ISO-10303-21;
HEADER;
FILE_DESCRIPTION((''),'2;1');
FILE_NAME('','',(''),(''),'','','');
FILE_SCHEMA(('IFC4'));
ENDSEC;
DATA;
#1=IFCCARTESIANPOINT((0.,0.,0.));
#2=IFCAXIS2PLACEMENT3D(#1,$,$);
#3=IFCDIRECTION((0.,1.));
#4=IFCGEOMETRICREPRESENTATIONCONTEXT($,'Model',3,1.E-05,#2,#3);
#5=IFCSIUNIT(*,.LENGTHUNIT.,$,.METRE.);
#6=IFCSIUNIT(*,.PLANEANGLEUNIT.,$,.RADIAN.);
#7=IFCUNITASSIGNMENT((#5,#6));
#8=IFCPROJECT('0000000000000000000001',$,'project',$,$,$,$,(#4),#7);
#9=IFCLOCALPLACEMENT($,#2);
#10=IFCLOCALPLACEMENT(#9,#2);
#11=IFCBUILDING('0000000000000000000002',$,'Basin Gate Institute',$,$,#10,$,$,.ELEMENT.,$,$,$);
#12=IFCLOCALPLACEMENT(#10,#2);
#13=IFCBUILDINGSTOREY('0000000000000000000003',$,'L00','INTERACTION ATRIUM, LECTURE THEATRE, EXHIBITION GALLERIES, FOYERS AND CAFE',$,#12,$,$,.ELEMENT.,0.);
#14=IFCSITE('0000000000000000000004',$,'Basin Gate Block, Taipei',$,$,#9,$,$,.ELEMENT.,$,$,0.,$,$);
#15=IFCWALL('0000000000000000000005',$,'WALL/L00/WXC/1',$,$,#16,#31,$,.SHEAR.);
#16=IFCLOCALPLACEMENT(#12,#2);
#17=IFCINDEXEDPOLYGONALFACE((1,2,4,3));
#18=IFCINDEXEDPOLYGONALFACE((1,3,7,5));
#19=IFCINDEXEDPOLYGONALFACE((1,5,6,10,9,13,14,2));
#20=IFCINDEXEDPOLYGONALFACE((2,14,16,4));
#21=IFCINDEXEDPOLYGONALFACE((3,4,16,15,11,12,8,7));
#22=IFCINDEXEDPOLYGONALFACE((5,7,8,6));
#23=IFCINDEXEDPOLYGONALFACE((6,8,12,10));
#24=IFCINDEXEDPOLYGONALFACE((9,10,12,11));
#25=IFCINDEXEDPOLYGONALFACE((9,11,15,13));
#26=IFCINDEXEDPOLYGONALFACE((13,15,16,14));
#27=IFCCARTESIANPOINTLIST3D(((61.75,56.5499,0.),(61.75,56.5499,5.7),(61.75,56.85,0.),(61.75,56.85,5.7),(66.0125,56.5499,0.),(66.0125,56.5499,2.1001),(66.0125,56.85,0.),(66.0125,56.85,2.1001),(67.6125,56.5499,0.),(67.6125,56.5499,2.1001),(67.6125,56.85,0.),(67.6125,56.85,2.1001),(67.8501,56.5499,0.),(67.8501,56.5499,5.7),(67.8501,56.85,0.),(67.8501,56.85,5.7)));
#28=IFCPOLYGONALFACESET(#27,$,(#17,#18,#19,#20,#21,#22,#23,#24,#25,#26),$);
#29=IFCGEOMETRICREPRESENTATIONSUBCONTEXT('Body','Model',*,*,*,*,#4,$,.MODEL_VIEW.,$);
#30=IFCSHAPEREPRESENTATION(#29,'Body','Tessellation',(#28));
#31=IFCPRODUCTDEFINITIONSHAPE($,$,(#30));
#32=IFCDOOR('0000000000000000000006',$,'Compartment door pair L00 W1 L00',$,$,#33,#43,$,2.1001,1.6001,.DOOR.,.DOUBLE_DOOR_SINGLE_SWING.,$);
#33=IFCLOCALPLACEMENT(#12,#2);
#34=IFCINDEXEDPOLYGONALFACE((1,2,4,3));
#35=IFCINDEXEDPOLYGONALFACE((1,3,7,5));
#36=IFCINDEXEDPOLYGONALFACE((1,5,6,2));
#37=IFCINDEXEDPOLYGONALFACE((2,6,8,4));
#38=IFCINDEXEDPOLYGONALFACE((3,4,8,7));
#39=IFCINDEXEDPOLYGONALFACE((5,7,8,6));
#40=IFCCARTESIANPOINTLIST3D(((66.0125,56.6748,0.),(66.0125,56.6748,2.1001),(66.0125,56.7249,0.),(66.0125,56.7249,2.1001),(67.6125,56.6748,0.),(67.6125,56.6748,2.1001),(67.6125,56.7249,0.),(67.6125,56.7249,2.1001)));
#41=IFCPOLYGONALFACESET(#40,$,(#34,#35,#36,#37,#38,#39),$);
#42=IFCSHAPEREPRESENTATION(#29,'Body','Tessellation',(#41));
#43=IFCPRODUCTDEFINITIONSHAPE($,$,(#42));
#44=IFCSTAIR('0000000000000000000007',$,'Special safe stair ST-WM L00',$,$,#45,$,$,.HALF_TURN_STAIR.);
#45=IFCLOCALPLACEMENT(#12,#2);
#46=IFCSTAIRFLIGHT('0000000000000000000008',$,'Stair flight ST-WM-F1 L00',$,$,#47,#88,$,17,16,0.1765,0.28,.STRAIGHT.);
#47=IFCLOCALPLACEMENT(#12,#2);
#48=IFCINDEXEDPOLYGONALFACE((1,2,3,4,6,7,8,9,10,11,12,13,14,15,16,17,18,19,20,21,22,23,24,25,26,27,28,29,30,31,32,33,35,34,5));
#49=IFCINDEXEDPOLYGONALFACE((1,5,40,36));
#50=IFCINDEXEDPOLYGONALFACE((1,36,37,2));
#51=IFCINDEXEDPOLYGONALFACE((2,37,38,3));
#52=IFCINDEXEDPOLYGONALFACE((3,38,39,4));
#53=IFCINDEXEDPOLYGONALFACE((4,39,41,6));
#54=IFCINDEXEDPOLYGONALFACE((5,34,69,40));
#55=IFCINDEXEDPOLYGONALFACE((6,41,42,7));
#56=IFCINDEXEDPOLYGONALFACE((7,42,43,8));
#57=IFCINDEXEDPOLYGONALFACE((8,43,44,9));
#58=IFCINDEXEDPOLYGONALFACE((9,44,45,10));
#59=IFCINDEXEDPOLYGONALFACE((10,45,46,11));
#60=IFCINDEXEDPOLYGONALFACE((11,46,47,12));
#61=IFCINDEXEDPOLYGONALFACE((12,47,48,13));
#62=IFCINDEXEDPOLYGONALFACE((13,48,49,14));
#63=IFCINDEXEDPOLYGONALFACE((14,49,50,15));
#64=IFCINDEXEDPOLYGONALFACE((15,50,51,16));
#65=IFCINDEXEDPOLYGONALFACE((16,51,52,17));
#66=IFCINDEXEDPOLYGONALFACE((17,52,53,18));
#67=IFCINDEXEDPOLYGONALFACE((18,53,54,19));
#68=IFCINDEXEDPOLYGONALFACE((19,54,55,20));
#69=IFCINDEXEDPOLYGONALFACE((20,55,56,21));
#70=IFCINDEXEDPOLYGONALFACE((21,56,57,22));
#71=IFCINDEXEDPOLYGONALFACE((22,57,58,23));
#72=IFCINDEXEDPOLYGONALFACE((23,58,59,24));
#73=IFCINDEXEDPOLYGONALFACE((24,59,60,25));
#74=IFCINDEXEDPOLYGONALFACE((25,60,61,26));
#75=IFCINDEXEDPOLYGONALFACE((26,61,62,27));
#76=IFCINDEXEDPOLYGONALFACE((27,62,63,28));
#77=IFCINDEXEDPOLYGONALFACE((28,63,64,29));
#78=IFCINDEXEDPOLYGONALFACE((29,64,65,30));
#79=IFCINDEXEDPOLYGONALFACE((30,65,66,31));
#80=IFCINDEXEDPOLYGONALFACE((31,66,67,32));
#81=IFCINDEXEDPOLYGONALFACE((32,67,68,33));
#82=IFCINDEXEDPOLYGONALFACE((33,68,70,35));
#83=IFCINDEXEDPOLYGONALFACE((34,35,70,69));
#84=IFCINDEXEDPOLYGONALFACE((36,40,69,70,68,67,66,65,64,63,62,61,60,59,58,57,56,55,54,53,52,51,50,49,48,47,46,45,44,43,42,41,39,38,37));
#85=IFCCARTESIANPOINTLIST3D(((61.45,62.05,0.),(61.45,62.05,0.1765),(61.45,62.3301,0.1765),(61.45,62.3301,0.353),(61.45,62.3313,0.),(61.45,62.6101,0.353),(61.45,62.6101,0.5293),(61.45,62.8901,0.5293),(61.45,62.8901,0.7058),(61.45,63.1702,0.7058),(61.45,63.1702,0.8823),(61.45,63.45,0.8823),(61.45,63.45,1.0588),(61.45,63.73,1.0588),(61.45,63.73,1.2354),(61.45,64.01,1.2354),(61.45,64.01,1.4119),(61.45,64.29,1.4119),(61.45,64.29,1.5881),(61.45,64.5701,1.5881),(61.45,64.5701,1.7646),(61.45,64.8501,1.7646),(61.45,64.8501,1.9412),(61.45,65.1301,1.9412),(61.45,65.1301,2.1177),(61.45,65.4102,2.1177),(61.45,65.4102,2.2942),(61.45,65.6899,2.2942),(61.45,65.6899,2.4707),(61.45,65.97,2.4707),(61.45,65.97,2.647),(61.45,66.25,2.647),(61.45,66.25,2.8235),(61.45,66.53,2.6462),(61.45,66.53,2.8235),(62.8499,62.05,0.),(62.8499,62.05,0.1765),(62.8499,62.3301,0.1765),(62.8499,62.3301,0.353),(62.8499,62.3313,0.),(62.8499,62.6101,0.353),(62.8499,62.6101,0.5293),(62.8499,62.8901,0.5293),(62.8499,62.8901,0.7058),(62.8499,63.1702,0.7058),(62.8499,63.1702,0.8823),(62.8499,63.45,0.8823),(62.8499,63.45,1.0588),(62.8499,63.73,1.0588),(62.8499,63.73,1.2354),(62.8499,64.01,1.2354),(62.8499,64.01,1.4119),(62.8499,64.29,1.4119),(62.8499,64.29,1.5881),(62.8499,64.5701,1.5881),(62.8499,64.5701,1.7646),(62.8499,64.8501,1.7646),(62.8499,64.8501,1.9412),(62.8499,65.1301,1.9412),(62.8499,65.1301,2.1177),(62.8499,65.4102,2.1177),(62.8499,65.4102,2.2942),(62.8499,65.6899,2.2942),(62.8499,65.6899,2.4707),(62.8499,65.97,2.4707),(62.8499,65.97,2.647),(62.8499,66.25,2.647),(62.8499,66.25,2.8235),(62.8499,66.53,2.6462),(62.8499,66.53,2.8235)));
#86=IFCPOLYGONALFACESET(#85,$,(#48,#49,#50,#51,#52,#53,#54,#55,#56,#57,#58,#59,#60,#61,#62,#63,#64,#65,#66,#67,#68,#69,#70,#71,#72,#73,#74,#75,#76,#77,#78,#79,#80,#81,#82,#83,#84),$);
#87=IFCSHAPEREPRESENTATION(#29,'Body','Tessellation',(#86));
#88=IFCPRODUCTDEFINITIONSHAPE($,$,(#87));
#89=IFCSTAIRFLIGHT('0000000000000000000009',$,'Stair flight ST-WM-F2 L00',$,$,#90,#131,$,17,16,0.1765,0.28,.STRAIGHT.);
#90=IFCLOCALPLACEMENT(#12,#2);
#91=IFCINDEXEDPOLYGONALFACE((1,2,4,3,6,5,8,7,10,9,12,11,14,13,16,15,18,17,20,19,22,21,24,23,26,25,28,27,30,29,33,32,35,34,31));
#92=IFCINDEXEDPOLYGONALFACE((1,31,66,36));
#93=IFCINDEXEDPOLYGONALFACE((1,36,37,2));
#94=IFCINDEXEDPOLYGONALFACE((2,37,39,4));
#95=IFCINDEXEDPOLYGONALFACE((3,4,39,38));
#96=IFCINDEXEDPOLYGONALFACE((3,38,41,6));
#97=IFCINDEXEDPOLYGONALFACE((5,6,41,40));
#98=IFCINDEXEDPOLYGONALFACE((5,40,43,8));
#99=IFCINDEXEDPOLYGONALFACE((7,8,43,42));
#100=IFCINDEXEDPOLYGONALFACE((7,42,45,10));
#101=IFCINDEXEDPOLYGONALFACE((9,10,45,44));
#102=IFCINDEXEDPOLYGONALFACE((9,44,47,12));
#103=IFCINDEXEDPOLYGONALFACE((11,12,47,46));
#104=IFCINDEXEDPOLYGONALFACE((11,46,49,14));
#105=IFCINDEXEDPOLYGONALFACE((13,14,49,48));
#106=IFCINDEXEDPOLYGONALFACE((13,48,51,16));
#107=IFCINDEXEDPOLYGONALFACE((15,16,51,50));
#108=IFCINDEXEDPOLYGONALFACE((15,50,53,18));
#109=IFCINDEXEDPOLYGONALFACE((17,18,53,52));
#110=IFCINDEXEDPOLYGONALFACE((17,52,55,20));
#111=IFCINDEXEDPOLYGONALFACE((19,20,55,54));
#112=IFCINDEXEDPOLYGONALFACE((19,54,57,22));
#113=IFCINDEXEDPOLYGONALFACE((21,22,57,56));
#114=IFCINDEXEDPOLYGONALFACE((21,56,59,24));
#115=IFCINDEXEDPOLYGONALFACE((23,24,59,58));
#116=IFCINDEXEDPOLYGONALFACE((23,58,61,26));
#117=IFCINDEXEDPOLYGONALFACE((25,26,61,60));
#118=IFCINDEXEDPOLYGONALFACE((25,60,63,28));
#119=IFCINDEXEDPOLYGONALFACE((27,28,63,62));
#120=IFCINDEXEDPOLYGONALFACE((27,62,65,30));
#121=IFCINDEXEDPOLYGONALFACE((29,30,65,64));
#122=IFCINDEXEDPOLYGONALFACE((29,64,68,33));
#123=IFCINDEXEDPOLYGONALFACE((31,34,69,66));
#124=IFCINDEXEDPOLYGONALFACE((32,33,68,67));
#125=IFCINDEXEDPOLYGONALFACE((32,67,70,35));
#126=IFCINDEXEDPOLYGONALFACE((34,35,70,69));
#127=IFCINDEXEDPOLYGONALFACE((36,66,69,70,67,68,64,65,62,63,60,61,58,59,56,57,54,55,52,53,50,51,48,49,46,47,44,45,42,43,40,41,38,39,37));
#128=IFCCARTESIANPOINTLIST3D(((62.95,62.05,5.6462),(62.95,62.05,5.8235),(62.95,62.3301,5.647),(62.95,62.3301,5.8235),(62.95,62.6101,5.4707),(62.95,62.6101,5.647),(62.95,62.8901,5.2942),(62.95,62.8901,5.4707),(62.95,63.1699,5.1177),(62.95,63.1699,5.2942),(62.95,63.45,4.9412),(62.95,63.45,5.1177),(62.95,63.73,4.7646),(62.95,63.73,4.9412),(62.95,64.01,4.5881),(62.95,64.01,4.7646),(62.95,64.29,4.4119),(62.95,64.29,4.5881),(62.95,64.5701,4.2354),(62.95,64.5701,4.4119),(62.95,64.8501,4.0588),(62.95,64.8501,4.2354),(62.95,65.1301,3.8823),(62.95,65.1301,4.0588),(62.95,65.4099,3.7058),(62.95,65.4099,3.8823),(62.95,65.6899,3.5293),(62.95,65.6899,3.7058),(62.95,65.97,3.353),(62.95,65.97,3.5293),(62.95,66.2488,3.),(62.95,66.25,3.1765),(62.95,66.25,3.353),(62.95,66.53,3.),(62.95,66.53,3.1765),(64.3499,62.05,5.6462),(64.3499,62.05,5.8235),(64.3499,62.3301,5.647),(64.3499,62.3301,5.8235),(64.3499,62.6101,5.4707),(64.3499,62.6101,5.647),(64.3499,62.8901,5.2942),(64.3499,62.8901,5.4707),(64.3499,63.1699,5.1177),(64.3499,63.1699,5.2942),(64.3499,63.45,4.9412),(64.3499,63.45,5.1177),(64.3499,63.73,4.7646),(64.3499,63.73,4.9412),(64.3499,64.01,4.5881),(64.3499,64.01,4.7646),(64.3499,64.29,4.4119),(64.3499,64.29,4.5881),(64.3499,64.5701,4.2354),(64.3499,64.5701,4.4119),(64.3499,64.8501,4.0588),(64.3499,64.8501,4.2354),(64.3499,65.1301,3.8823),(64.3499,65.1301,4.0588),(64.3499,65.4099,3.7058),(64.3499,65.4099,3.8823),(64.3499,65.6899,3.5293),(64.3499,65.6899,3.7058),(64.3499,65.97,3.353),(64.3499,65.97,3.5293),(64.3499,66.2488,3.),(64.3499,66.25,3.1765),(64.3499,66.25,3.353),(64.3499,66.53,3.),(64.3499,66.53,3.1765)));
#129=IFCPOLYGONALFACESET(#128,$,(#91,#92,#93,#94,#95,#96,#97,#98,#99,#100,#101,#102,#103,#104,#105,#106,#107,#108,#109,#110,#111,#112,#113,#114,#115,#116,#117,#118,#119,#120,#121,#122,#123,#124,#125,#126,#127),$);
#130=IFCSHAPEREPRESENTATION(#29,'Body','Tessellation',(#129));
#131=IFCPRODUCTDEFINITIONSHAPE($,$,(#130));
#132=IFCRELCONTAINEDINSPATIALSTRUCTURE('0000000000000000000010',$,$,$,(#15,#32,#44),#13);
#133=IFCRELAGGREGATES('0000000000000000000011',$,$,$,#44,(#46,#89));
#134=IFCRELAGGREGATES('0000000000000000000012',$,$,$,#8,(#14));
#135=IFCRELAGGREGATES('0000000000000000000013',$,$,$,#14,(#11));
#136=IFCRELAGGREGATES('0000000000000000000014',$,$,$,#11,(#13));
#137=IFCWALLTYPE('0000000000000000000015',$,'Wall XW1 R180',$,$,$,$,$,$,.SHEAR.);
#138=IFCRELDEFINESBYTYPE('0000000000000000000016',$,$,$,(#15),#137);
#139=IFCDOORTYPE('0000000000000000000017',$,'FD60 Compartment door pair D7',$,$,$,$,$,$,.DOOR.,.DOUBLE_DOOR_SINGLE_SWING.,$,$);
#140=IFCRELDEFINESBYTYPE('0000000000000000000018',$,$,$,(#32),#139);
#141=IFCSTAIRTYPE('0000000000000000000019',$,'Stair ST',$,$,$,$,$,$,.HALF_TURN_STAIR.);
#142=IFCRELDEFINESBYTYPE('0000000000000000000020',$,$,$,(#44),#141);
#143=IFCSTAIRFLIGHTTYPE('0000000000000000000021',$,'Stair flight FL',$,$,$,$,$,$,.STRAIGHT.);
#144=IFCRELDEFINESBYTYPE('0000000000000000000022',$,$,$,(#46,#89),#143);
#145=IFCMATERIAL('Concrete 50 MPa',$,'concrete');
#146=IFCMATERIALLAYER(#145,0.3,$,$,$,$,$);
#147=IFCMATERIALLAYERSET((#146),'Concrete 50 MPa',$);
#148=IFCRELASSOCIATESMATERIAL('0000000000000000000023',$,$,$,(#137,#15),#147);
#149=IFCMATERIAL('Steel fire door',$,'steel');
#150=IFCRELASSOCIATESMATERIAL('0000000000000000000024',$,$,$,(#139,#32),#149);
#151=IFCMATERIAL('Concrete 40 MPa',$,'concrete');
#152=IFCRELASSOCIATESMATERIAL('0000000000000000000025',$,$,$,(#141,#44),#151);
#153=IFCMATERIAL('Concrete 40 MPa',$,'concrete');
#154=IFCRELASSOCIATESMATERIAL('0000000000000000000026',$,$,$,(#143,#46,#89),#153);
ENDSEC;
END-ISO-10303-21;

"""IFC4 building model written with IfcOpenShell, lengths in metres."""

from ifc_helpers import new_model, si_unit, direction, frame, frame_2d, origin, place, context, subcontext, project, spatial, polyline, rectangle, outline, extrude, material, layer, layer_set, type_object, element, fill, aggregate, save


model = new_model("IFC4")

# Units and contexts
model_context = context("Model", 3, precision=1e-05, world=origin(), true_north=direction((0.0, 1.0)))
body_context = subcontext(model_context, "Body", "Model", "MODEL_VIEW")
ifc_project = project(units=[si_unit("LENGTHUNIT", "METRE"), si_unit("PLANEANGLEUNIT", "RADIAN")], contexts=[model_context])

# Site, building, storey
site_placement = place(None, origin())
site = spatial("IfcSite", under=ifc_project, at=site_placement, Name="Basin Gate Block, Taipei", CompositionType="ELEMENT", RefElevation=0.0)
building_placement = place(site_placement, origin())
building = spatial("IfcBuilding", under=site, at=building_placement, Name="Basin Gate Institute", CompositionType="ELEMENT")
storey_placement = place(building_placement, origin())
storey = spatial("IfcBuildingStorey", under=building, at=storey_placement, Name="L00", Description="INTERACTION ATRIUM, LECTURE THEATRE, EXHIBITION GALLERIES, FOYERS AND CAFE", CompositionType="ELEMENT", Elevation=0.0)

# Wall, opening, door
ifc_material_1 = material(Name="Concrete 50 MPa", Category="concrete")
ifc_layer_1 = layer(ifc_material_1, 0.3)
ifc_layer_set_1 = layer_set([ifc_layer_1], Name="Concrete 50 MPa")
wall_type_1 = type_object("IfcWallType", Name="Wall XW1 R180", PredefinedType="SHEAR", material=ifc_layer_set_1)
wall_1_placement = place(storey_placement, frame((61.75, 56.7, 0.0), z_axis=(0.0, 0.0, 1.0), x_axis=(1.0, 0.0, 0.0)))
wall_1 = element("IfcWall", 1, at=wall_1_placement, inside=storey, type_object=wall_type_1, material=ifc_layer_set_1, Name="WALL/L00/WXC/1", PredefinedType="SHEAR", context=body_context, shape_type="SweptSolid", body=[
    extrude(rectangle(XDim=6.1001, YDim=0.3, at=frame_2d((3.05, 0.0))), origin(), (0.0, 0.0, 1.0), 5.7),
])
opening_1_placement = place(wall_1_placement, frame((4.2625, 0.0, 0.0)))
opening_1 = element("IfcOpeningElement", 2, at=opening_1_placement, cuts=wall_1, PredefinedType="OPENING", context=body_context, shape_type="SweptSolid", body=[
    extrude(rectangle(XDim=1.6001, YDim=2.1001, at=frame_2d((0.8, 1.05))), frame((0.0, 0.1602, 0.0), z_axis=(0.0, -1.0, 0.0), x_axis=(1.0, 0.0, 0.0)), (0.0, 0.0, 1.0), 0.3201),
])
ifc_material_2 = material(Name="Steel fire door", Category="steel")
door_type_1 = type_object("IfcDoorType", Name="FD60 Compartment door pair D7", OperationType="DOUBLE_DOOR_SINGLE_SWING", PredefinedType="DOOR", material=ifc_material_2)
door_1_placement = place(opening_1_placement, origin())
door_1 = element("IfcDoor", 3, at=door_1_placement, inside=storey, type_object=door_type_1, material=ifc_material_2, Name="Compartment door pair L00 W1 L00", OperationType="DOUBLE_DOOR_SINGLE_SWING", OverallHeight=2.1001, OverallWidth=1.6001, PredefinedType="DOOR", context=body_context, shape_type="SweptSolid", body=[
    extrude(rectangle(XDim=1.6001, YDim=2.1001, at=frame_2d((0.8, 1.05))), frame((0.0, 0.0249, 0.0), z_axis=(0.0, -1.0, 0.0), x_axis=(1.0, 0.0, 0.0)), (0.0, 0.0, 1.0), 0.05),
])
fill(opening_1, door_1)

# Stair, stair flights
ifc_material_3 = material(Name="Concrete 40 MPa", Category="concrete")
stair_type = type_object("IfcStairType", Name="Stair ST", PredefinedType="HALF_TURN_STAIR", material=ifc_material_3)
stair_placement = place(storey_placement, origin())
stair = element("IfcStair", 4, at=stair_placement, inside=storey, type_object=stair_type, material=ifc_material_3, Name="Special safe stair ST-WM L00", PredefinedType="HALF_TURN_STAIR")
ifc_material_4 = material(Name="Concrete 40 MPa", Category="concrete")
stair_flight_type = type_object("IfcStairFlightType", Name="Stair flight FL", PredefinedType="STRAIGHT", material=ifc_material_4)
stair_flight_1_placement = place(storey_placement, frame((62.1499, 62.05, 0.0), z_axis=(0.0, 0.0, 1.0), x_axis=(0.0, 1.0, 0.0)))
stair_flight_1 = element("IfcStairFlight", 5, at=stair_flight_1_placement, type_object=stair_flight_type, material=ifc_material_4, Name="Stair flight ST-WM-F1 L00", NumberOfRisers=17, NumberOfTreads=16, PredefinedType="STRAIGHT", RiserHeight=0.1765, TreadLength=0.28, context=body_context, shape_type="SweptSolid", body=[
    extrude(outline(polyline([(0.0, 0.0), (0.0, 0.1765), (0.28, 0.1765), (0.28, 0.353), (0.5601, 0.353), (0.5601, 0.5293), (0.8401, 0.5293), (0.8401, 0.7058), (1.1201, 0.7058), (1.1201, 0.8823), (1.3999, 0.8823), (1.3999, 1.0588), (1.6799, 1.0588), (1.6799, 1.2354), (1.96, 1.2354), (1.96, 1.4119), (2.24, 1.4119), (2.24, 1.5881), (2.52, 1.5881), (2.52, 1.7646), (2.8, 1.7646), (2.8, 1.9412), (3.0801, 1.9412), (3.0801, 2.1177), (3.3601, 2.1177), (3.3601, 2.2942), (3.6399, 2.2942), (3.6399, 2.4707), (3.9199, 2.4707), (3.9199, 2.647), (4.2, 2.647), (4.2, 2.8235), (4.48, 2.8235), (4.48, 3.0), (4.48, 2.6462), (0.2812, 0.0), (0.0, 0.0)])), frame((0.0, 0.7, 0.0), z_axis=(0.0, -1.0, 0.0), x_axis=(1.0, 0.0, 0.0)), (0.0, 0.0, 1.0), 1.3999),
])
stair_flight_2_placement = place(storey_placement, frame((63.6499, 66.53, 3.0), z_axis=(0.0, 0.0, 1.0), x_axis=(0.0, -1.0, 0.0)))
stair_flight_2 = element("IfcStairFlight", 6, at=stair_flight_2_placement, type_object=stair_flight_type, material=ifc_material_4, Name="Stair flight ST-WM-F2 L00", NumberOfRisers=17, NumberOfTreads=16, PredefinedType="STRAIGHT", RiserHeight=0.1765, TreadLength=0.28, context=body_context, shape_type="SweptSolid", body=[
    extrude(outline(polyline([(0.0, 0.0), (0.0, 0.1765), (0.28, 0.1765), (0.28, 0.353), (0.5601, 0.353), (0.5601, 0.5293), (0.8401, 0.5293), (0.8401, 0.7058), (1.1201, 0.7058), (1.1201, 0.8823), (1.3999, 0.8823), (1.3999, 1.0588), (1.6799, 1.0588), (1.6799, 1.2354), (1.96, 1.2354), (1.96, 1.4119), (2.24, 1.4119), (2.24, 1.5881), (2.52, 1.5881), (2.52, 1.7646), (2.8, 1.7646), (2.8, 1.9412), (3.0801, 1.9412), (3.0801, 2.1177), (3.3601, 2.1177), (3.3601, 2.2942), (3.6399, 2.2942), (3.6399, 2.4707), (3.9199, 2.4707), (3.9199, 2.647), (4.2, 2.647), (4.2, 2.8235), (4.48, 2.8235), (4.48, 3.0), (4.48, 2.6462), (0.2812, 0.0), (0.0, 0.0)])), frame((0.0, 0.7, 0.0), z_axis=(0.0, -1.0, 0.0), x_axis=(1.0, 0.0, 0.0)), (0.0, 0.0, 1.0), 1.3999),
])
aggregate(stair, [stair_flight_1, stair_flight_2])

save(model, "model.ifc")
